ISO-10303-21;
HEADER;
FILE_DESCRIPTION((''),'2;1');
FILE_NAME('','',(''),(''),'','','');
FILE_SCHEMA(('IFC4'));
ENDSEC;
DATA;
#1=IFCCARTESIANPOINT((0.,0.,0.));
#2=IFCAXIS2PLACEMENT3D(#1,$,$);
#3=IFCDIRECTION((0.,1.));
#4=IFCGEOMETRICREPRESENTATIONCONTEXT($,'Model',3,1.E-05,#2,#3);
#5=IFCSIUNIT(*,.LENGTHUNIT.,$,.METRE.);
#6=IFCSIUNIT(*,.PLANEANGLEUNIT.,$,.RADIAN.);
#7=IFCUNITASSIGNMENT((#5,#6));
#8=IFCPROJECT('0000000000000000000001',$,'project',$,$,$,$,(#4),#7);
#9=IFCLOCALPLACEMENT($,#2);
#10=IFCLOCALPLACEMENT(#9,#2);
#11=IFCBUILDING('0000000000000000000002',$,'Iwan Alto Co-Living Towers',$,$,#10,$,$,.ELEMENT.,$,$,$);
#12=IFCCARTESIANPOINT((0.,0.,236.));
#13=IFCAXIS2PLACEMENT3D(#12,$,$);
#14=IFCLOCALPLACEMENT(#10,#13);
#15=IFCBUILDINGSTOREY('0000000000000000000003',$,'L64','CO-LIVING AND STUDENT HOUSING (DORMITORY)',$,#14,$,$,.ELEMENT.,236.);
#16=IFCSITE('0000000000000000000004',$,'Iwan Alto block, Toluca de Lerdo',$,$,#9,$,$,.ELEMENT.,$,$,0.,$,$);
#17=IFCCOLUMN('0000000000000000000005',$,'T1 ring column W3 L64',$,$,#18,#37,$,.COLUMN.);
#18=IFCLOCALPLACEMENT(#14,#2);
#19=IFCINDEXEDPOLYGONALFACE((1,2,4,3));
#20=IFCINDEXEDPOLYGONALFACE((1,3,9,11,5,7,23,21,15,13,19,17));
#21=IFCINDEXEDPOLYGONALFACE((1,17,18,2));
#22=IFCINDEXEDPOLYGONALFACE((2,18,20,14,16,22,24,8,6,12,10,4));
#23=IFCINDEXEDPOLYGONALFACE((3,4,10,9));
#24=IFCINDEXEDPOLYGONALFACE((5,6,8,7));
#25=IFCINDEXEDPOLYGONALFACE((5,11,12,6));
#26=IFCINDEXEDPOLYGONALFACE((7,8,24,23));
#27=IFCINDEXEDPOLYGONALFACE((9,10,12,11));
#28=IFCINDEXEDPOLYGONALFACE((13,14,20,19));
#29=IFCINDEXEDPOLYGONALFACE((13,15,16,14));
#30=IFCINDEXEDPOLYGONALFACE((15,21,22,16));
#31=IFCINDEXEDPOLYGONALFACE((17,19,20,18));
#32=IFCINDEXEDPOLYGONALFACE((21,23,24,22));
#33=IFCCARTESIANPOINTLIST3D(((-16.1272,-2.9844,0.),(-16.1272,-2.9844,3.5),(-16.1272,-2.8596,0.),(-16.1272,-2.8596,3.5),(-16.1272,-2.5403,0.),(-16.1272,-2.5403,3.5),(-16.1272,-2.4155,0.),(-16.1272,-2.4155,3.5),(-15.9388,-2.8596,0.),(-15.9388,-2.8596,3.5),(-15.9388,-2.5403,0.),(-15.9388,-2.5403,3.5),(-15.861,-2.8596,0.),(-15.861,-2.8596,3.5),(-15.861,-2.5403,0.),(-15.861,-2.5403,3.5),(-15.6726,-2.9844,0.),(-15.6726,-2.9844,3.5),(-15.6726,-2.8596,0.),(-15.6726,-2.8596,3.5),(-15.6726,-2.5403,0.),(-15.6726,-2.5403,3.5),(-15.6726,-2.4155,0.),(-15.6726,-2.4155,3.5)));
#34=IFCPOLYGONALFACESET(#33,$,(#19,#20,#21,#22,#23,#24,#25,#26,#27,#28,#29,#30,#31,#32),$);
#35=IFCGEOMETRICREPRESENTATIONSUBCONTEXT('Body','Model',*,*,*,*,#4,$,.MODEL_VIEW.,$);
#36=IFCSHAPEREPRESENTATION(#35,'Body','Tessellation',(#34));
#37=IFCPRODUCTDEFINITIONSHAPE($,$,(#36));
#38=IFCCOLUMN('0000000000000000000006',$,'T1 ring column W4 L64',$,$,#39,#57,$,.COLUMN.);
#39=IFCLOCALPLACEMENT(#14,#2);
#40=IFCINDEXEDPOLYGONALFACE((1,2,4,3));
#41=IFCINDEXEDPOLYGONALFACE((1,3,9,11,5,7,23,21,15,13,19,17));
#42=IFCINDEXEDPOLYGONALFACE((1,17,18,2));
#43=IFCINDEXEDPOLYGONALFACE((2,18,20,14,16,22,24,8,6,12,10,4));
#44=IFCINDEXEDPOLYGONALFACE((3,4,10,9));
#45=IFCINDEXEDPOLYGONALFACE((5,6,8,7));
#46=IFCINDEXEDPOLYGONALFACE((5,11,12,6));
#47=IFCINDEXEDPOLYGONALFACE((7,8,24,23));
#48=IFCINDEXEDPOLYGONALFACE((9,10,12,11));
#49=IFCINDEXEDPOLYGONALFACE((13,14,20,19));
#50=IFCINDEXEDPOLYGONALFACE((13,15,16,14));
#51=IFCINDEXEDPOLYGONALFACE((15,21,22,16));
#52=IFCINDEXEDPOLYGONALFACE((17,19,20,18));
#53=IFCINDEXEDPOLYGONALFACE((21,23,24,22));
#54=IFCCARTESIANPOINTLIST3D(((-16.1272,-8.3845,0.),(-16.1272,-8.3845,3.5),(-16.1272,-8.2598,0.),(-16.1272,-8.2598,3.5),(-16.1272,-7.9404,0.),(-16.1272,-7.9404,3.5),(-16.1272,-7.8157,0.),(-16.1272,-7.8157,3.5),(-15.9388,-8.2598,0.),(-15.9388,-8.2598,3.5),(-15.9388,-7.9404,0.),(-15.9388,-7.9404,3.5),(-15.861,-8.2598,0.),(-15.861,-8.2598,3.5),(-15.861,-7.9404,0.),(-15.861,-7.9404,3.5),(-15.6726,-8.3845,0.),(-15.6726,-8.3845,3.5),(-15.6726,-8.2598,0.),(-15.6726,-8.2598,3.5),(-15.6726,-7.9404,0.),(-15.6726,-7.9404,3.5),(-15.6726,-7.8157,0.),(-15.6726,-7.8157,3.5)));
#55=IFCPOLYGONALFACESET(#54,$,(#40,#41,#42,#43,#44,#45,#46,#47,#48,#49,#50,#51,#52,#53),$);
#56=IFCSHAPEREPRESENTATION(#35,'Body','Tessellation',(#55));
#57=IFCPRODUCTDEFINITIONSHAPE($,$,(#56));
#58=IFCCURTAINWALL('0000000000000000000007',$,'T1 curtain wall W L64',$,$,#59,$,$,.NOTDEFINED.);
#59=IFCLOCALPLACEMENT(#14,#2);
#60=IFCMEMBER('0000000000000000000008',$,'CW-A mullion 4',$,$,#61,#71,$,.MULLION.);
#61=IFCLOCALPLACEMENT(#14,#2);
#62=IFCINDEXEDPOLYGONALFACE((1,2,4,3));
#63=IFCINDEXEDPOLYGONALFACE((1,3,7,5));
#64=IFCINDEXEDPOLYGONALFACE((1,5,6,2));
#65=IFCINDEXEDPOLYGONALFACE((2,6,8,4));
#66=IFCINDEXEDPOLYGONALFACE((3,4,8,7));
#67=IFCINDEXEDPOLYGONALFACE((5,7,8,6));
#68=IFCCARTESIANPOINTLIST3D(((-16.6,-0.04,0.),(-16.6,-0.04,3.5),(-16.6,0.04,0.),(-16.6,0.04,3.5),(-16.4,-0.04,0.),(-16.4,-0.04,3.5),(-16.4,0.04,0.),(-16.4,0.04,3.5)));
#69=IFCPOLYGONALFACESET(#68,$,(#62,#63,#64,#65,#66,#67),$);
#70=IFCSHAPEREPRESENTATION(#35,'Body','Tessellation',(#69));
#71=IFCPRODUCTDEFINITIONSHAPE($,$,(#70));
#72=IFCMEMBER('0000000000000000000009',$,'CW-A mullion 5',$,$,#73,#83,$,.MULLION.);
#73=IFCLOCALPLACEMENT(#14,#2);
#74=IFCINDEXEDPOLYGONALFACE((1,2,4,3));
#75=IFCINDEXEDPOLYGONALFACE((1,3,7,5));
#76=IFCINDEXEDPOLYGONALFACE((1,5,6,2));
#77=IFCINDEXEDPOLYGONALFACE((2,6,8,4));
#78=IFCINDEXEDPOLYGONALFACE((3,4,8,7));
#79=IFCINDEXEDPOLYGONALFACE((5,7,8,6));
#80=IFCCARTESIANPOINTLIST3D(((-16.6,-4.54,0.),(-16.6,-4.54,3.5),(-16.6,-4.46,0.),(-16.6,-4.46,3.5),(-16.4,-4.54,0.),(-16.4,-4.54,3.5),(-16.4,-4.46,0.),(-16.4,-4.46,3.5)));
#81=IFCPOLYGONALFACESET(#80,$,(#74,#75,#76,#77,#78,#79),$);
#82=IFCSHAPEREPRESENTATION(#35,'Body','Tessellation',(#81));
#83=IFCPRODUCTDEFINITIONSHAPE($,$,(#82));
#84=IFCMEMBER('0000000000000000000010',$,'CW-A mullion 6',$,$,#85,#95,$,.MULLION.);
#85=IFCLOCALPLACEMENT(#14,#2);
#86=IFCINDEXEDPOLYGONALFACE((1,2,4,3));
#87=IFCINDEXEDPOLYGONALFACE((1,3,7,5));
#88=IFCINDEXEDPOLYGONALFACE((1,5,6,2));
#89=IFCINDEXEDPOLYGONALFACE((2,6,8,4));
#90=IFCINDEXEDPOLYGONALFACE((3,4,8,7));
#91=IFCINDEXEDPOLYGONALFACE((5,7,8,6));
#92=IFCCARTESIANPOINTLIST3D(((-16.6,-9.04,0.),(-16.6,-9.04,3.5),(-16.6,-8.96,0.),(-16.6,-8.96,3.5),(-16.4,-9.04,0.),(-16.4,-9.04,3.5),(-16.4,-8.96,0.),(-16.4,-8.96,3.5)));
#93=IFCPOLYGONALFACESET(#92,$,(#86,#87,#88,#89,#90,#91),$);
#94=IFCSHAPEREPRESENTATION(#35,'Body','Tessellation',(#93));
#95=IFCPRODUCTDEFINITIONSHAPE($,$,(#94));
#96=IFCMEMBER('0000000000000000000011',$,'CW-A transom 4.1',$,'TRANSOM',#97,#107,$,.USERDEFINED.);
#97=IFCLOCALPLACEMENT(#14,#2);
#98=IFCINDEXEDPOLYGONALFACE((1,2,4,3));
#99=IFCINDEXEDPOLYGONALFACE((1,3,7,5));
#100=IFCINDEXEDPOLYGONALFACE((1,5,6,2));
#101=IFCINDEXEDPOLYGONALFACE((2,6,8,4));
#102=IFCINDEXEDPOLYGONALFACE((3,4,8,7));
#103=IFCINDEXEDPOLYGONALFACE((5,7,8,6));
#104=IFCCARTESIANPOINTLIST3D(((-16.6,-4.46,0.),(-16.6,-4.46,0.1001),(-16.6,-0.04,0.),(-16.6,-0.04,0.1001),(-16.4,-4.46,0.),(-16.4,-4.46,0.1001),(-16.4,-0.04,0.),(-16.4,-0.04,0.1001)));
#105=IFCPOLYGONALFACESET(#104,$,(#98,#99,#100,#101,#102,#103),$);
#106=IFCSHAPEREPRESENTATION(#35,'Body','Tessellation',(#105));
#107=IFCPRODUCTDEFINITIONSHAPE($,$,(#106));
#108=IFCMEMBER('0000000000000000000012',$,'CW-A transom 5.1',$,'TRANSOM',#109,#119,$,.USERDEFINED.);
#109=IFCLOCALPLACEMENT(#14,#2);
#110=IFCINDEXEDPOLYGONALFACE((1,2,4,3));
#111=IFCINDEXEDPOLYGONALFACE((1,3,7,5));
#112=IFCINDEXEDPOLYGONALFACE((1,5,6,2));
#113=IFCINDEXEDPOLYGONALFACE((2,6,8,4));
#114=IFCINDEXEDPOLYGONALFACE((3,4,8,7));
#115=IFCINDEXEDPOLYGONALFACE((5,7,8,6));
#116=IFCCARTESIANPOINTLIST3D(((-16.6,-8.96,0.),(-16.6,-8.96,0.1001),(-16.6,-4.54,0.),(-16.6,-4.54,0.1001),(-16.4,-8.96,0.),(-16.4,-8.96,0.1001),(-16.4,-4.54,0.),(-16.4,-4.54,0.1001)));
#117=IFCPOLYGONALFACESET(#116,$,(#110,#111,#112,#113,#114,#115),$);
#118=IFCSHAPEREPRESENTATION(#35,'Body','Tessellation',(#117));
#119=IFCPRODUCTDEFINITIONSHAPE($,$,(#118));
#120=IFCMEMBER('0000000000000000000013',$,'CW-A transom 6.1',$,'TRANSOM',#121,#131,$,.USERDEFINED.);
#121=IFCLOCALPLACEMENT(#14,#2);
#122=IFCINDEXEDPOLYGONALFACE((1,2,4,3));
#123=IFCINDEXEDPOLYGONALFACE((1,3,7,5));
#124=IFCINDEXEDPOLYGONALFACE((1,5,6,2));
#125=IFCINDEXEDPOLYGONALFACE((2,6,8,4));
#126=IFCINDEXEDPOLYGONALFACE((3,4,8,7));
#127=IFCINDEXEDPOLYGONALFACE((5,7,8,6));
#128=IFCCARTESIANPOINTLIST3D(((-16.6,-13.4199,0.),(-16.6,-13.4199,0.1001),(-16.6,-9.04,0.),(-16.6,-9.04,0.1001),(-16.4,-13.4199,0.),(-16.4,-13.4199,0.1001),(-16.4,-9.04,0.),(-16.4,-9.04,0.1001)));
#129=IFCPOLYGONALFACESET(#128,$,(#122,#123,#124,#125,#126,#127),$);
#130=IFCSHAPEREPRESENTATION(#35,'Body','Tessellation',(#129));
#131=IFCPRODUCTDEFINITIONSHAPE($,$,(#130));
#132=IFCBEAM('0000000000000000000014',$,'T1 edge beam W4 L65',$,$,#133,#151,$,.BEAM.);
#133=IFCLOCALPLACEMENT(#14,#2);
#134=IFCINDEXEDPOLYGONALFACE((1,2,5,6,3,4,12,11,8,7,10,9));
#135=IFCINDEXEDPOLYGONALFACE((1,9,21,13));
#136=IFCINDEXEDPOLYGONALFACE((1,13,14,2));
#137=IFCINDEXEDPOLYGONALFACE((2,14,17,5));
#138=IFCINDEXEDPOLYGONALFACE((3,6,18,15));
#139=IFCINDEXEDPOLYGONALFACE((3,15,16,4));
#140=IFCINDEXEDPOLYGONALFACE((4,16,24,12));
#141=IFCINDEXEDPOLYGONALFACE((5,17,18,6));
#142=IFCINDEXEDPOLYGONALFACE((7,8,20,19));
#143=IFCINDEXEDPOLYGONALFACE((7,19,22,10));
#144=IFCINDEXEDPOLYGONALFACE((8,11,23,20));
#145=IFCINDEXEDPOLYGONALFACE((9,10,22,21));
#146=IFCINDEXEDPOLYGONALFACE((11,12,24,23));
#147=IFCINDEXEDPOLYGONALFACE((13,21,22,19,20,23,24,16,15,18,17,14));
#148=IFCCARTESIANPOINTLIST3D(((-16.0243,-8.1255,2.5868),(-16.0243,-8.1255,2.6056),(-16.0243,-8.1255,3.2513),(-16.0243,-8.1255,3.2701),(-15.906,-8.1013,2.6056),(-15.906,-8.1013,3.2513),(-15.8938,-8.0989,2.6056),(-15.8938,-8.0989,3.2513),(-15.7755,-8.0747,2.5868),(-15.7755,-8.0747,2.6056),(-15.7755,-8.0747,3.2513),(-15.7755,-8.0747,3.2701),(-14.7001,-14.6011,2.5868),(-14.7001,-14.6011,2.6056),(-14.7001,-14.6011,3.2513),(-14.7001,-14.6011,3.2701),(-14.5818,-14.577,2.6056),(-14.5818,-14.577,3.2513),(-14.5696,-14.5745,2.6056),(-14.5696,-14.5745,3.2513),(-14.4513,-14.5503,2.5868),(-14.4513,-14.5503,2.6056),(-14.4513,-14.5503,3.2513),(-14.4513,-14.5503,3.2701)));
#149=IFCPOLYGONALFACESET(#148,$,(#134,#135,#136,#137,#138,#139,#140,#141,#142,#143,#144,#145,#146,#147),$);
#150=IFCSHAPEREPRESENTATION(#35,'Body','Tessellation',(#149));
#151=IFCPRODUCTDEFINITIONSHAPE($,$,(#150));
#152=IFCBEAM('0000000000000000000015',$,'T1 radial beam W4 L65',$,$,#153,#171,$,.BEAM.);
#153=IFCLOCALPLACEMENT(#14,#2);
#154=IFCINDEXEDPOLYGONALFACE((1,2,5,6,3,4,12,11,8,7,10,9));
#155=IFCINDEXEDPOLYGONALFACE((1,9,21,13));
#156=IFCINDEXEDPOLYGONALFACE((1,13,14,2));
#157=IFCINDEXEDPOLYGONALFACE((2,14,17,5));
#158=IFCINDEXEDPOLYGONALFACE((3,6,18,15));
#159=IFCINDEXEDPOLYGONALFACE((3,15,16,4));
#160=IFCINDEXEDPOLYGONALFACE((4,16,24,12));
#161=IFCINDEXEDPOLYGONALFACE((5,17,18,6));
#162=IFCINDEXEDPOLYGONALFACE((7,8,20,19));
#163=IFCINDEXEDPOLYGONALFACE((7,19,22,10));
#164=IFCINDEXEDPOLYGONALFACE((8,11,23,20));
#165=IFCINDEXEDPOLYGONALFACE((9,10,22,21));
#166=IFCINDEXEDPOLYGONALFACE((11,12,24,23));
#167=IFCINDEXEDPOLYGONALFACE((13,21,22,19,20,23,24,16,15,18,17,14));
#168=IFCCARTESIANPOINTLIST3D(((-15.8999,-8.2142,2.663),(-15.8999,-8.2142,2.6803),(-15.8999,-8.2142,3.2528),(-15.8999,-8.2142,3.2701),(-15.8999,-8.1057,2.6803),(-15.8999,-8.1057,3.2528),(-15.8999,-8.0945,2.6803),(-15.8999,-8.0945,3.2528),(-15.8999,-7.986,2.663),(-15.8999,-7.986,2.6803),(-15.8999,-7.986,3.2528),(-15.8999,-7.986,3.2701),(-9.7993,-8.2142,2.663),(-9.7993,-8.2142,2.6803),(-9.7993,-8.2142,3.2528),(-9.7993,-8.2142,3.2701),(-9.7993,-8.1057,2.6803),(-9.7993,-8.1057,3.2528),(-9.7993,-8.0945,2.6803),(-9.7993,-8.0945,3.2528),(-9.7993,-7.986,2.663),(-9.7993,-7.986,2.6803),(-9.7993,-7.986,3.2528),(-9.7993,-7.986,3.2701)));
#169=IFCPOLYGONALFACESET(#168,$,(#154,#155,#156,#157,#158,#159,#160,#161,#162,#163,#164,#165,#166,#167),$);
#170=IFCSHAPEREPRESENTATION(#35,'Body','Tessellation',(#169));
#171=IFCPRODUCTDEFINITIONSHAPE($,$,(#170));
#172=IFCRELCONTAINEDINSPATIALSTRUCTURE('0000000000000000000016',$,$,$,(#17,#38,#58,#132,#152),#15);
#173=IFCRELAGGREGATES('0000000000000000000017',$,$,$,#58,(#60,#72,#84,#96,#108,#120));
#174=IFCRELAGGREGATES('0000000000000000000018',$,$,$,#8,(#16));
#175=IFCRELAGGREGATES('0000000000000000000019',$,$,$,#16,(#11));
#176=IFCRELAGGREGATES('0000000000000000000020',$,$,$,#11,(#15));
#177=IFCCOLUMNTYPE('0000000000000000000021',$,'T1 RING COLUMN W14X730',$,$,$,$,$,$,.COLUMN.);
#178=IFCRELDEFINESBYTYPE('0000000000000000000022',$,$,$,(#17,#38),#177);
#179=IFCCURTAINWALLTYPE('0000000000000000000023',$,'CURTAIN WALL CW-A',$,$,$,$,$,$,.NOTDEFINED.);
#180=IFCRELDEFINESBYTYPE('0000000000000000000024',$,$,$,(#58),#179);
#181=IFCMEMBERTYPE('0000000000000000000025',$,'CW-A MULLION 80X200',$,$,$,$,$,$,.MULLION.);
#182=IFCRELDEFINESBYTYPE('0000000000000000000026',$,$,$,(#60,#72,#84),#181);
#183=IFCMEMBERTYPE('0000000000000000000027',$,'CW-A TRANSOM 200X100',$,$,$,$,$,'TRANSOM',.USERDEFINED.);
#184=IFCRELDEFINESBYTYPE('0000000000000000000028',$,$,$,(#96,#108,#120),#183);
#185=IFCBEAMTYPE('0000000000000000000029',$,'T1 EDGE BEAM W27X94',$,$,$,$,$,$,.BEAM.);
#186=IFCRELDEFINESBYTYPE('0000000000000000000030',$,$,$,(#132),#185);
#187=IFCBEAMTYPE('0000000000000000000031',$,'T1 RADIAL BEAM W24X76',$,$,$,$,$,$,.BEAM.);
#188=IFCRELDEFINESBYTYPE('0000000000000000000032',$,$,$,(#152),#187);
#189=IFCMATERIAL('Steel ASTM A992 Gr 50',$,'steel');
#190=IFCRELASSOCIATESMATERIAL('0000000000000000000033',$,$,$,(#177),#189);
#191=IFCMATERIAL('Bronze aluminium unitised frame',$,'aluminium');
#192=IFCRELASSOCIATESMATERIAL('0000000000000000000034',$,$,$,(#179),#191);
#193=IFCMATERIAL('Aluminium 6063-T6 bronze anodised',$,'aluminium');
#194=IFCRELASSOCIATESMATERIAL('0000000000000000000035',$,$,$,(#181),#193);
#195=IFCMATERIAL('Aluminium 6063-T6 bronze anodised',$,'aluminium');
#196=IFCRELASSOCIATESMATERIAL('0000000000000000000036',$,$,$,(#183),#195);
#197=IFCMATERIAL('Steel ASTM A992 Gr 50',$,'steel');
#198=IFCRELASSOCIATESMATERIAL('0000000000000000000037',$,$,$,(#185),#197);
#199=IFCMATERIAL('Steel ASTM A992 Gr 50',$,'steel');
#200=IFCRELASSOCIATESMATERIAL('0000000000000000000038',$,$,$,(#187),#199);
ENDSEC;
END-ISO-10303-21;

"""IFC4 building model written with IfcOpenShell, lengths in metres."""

from ifc_helpers import new_model, si_unit, direction, frame, origin, origin_2d, place, context, subcontext, project, spatial, rectangle, i_section, extrude, material, material_profile, profile_set, type_object, element, aggregate, save


model = new_model("IFC4")

# Units and contexts
model_context = context("Model", 3, precision=1e-05, world=origin(), true_north=direction((0.0, 1.0)))
body_context = subcontext(model_context, "Body", "Model", "MODEL_VIEW")
ifc_project = project(units=[si_unit("LENGTHUNIT", "METRE"), si_unit("PLANEANGLEUNIT", "RADIAN")], contexts=[model_context])

# Site, building, storey
site_placement = place(None, origin())
site = spatial("IfcSite", under=ifc_project, at=site_placement, Name="Iwan Alto block, Toluca de Lerdo", CompositionType="ELEMENT", RefElevation=0.0)
building_placement = place(site_placement, origin())
building = spatial("IfcBuilding", under=site, at=building_placement, Name="Iwan Alto Co-Living Towers", CompositionType="ELEMENT")
storey_placement = place(building_placement, frame((0.0, 0.0, 236.0)))
storey = spatial("IfcBuildingStorey", under=building, at=storey_placement, Name="L64", Description="CO-LIVING AND STUDENT HOUSING (DORMITORY)", CompositionType="ELEMENT", Elevation=236.0)

# Columns
ifc_material_1 = material(Name="Steel ASTM A992 Gr 50", Category="steel")
ifc_material_profile_1 = material_profile(ifc_material_1, i_section(OverallWidth=0.4546, OverallDepth=0.5688, WebThickness=0.0779, FlangeThickness=0.1248, at=origin_2d()), Name="W14X730")
ifc_profile_set_1 = profile_set([ifc_material_profile_1], Name="Steel ASTM A992 Gr 50")
column_type = type_object("IfcColumnType", Name="T1 RING COLUMN W14X730", PredefinedType="COLUMN", material=ifc_profile_set_1)
for number, where, z_axis, x_axis, name in (
    (1, (-15.8999, -2.7, 0.0), (0.0, 0.0, 1.0), (1.0, 0.0, 0.0), "T1 ring column W3 L64"),
    (2, (-15.8999, -8.1001, 0.0), (0.0, 0.0, 1.0), (1.0, 0.0, 0.0), "T1 ring column W4 L64"),
):
    element("IfcColumn", number, at=place(storey_placement, frame(where, z_axis=z_axis, x_axis=x_axis)), inside=storey, type_object=column_type, Name=name, PredefinedType="COLUMN", context=body_context, shape_type="SweptSolid", body=[
        extrude(i_section(OverallWidth=0.4546, OverallDepth=0.5688, WebThickness=0.0779, FlangeThickness=0.1248, at=origin_2d()), origin(), (0.0, 0.0, 1.0), 3.5),
    ])

# Curtain wall, members
ifc_material_2 = material(Name="Bronze aluminium unitised frame", Category="aluminium")
curtain_wall_type = type_object("IfcCurtainWallType", Name="CURTAIN WALL CW-A", PredefinedType="NOTDEFINED", material=ifc_material_2)
curtain_wall_placement = place(storey_placement, origin())
curtain_wall = element("IfcCurtainWall", 3, at=curtain_wall_placement, inside=storey, type_object=curtain_wall_type, Name="T1 curtain wall W L64", PredefinedType="NOTDEFINED")
ifc_material_3 = material(Name="Aluminium 6063-T6 bronze anodised", Category="aluminium")
ifc_material_profile_2 = material_profile(ifc_material_3, rectangle(XDim=0.2, YDim=0.0801, at=origin_2d()), Name="AL 80X200")
ifc_profile_set_2 = profile_set([ifc_material_profile_2], Name="Aluminium 6063-T6 bronze anodised")
member_type_1 = type_object("IfcMemberType", Name="CW-A MULLION 80X200", PredefinedType="MULLION", material=ifc_profile_set_2)
member_1_placement = place(storey_placement, frame((-16.5, 0.0, 0.0), z_axis=(0.0, 0.0, 1.0), x_axis=(1.0, 0.0, 0.0)))
member_1 = element("IfcMember", 4, at=member_1_placement, type_object=member_type_1, Name="CW-A mullion 4", PredefinedType="MULLION", context=body_context, shape_type="SweptSolid", body=[
    extrude(rectangle(XDim=0.2, YDim=0.0801, at=origin_2d()), origin(), (0.0, 0.0, 1.0), 3.5),
])
member_2_placement = place(storey_placement, frame((-16.5, -4.5, 0.0), z_axis=(0.0, 0.0, 1.0), x_axis=(1.0, 0.0, 0.0)))
member_2 = element("IfcMember", 5, at=member_2_placement, type_object=member_type_1, Name="CW-A mullion 5", PredefinedType="MULLION", context=body_context, shape_type="SweptSolid", body=[
    extrude(rectangle(XDim=0.2, YDim=0.0801, at=origin_2d()), origin(), (0.0, 0.0, 1.0), 3.5),
])
member_3_placement = place(storey_placement, frame((-16.5, -9.0, 0.0), z_axis=(0.0, 0.0, 1.0), x_axis=(1.0, 0.0, 0.0)))
member_3 = element("IfcMember", 6, at=member_3_placement, type_object=member_type_1, Name="CW-A mullion 6", PredefinedType="MULLION", context=body_context, shape_type="SweptSolid", body=[
    extrude(rectangle(XDim=0.2, YDim=0.0801, at=origin_2d()), origin(), (0.0, 0.0, 1.0), 3.5),
])
ifc_material_4 = material(Name="Aluminium 6063-T6 bronze anodised", Category="aluminium")
ifc_material_profile_3 = material_profile(ifc_material_4, rectangle(XDim=0.2, YDim=0.1001, at=origin_2d()), Name="AL 200X100")
ifc_profile_set_3 = profile_set([ifc_material_profile_3], Name="Aluminium 6063-T6 bronze anodised")
member_type_2 = type_object("IfcMemberType", Name="CW-A TRANSOM 200X100", ElementType="TRANSOM", PredefinedType="USERDEFINED", material=ifc_profile_set_3)
member_4_placement = place(storey_placement, frame((-16.5, -0.04, 0.05), z_axis=(0.0, -1.0, 0.0), x_axis=(1.0, 0.0, 0.0)))
member_4 = element("IfcMember", 7, at=member_4_placement, type_object=member_type_2, Name="CW-A transom 4.1", ObjectType="TRANSOM", PredefinedType="USERDEFINED", context=body_context, shape_type="SweptSolid", body=[
    extrude(rectangle(XDim=0.2, YDim=0.1001, at=origin_2d()), origin(), (0.0, 0.0, 1.0), 4.4199),
])
member_5_placement = place(storey_placement, frame((-16.5, -4.54, 0.05), z_axis=(0.0, -1.0, 0.0), x_axis=(1.0, 0.0, 0.0)))
member_5 = element("IfcMember", 8, at=member_5_placement, type_object=member_type_2, Name="CW-A transom 5.1", ObjectType="TRANSOM", PredefinedType="USERDEFINED", context=body_context, shape_type="SweptSolid", body=[
    extrude(rectangle(XDim=0.2, YDim=0.1001, at=origin_2d()), origin(), (0.0, 0.0, 1.0), 4.4199),
])
member_6_placement = place(storey_placement, frame((-16.5, -9.04, 0.05), z_axis=(0.0, -1.0, 0.0), x_axis=(1.0, 0.0, 0.0)))
member_6 = element("IfcMember", 9, at=member_6_placement, type_object=member_type_2, Name="CW-A transom 6.1", ObjectType="TRANSOM", PredefinedType="USERDEFINED", context=body_context, shape_type="SweptSolid", body=[
    extrude(rectangle(XDim=0.2, YDim=0.1001, at=origin_2d()), origin(), (0.0, 0.0, 1.0), 4.3799),
])

# Beams
ifc_material_5 = material(Name="Steel ASTM A992 Gr 50", Category="steel")
ifc_material_profile_4 = material_profile(ifc_material_5, i_section(OverallWidth=0.2539, OverallDepth=0.6833, WebThickness=0.0125, FlangeThickness=0.0188, at=origin_2d()), Name="W27X94")
ifc_profile_set_4 = profile_set([ifc_material_profile_4], Name="Steel ASTM A992 Gr 50")
beam_type_1 = type_object("IfcBeamType", Name="T1 EDGE BEAM W27X94", PredefinedType="BEAM", material=ifc_profile_set_4)
beam_1_placement = place(storey_placement, frame((-15.8999, -8.1001, 2.9285), z_axis=(0.200348, -0.979725, 0.0), x_axis=(0.979725, 0.200348, 0.0)))
element("IfcBeam", 10, at=beam_1_placement, inside=storey, type_object=beam_type_1, Name="T1 edge beam W4 L65", PredefinedType="BEAM", context=body_context, shape_type="SweptSolid", body=[
    extrude(i_section(OverallWidth=0.2539, OverallDepth=0.6833, WebThickness=0.0125, FlangeThickness=0.0188, at=origin_2d()), origin(), (0.0, 0.0, 1.0), 6.6096),
])
ifc_material_6 = material(Name="Steel ASTM A992 Gr 50", Category="steel")
ifc_material_profile_5 = material_profile(ifc_material_6, i_section(OverallWidth=0.2283, OverallDepth=0.6072, WebThickness=0.0112, FlangeThickness=0.0173, at=origin_2d()), Name="W24X76")
ifc_profile_set_5 = profile_set([ifc_material_profile_5], Name="Steel ASTM A992 Gr 50")
beam_type_2 = type_object("IfcBeamType", Name="T1 RADIAL BEAM W24X76", PredefinedType="BEAM", material=ifc_profile_set_5)
beam_2_placement = place(storey_placement, frame((-15.8999, -8.1001, 2.9666), z_axis=(1.0, 0.0, 0.0), x_axis=(0.0, 1.0, 0.0)))
element("IfcBeam", 11, at=beam_2_placement, inside=storey, type_object=beam_type_2, Name="T1 radial beam W4 L65", PredefinedType="BEAM", context=body_context, shape_type="SweptSolid", body=[
    extrude(i_section(OverallWidth=0.2283, OverallDepth=0.6072, WebThickness=0.0112, FlangeThickness=0.0173, at=origin_2d()), origin(), (0.0, 0.0, 1.0), 6.1006),
])

aggregate(curtain_wall, [member_1, member_2, member_3, member_4, member_5, member_6])

save(model, "model.ifc")
